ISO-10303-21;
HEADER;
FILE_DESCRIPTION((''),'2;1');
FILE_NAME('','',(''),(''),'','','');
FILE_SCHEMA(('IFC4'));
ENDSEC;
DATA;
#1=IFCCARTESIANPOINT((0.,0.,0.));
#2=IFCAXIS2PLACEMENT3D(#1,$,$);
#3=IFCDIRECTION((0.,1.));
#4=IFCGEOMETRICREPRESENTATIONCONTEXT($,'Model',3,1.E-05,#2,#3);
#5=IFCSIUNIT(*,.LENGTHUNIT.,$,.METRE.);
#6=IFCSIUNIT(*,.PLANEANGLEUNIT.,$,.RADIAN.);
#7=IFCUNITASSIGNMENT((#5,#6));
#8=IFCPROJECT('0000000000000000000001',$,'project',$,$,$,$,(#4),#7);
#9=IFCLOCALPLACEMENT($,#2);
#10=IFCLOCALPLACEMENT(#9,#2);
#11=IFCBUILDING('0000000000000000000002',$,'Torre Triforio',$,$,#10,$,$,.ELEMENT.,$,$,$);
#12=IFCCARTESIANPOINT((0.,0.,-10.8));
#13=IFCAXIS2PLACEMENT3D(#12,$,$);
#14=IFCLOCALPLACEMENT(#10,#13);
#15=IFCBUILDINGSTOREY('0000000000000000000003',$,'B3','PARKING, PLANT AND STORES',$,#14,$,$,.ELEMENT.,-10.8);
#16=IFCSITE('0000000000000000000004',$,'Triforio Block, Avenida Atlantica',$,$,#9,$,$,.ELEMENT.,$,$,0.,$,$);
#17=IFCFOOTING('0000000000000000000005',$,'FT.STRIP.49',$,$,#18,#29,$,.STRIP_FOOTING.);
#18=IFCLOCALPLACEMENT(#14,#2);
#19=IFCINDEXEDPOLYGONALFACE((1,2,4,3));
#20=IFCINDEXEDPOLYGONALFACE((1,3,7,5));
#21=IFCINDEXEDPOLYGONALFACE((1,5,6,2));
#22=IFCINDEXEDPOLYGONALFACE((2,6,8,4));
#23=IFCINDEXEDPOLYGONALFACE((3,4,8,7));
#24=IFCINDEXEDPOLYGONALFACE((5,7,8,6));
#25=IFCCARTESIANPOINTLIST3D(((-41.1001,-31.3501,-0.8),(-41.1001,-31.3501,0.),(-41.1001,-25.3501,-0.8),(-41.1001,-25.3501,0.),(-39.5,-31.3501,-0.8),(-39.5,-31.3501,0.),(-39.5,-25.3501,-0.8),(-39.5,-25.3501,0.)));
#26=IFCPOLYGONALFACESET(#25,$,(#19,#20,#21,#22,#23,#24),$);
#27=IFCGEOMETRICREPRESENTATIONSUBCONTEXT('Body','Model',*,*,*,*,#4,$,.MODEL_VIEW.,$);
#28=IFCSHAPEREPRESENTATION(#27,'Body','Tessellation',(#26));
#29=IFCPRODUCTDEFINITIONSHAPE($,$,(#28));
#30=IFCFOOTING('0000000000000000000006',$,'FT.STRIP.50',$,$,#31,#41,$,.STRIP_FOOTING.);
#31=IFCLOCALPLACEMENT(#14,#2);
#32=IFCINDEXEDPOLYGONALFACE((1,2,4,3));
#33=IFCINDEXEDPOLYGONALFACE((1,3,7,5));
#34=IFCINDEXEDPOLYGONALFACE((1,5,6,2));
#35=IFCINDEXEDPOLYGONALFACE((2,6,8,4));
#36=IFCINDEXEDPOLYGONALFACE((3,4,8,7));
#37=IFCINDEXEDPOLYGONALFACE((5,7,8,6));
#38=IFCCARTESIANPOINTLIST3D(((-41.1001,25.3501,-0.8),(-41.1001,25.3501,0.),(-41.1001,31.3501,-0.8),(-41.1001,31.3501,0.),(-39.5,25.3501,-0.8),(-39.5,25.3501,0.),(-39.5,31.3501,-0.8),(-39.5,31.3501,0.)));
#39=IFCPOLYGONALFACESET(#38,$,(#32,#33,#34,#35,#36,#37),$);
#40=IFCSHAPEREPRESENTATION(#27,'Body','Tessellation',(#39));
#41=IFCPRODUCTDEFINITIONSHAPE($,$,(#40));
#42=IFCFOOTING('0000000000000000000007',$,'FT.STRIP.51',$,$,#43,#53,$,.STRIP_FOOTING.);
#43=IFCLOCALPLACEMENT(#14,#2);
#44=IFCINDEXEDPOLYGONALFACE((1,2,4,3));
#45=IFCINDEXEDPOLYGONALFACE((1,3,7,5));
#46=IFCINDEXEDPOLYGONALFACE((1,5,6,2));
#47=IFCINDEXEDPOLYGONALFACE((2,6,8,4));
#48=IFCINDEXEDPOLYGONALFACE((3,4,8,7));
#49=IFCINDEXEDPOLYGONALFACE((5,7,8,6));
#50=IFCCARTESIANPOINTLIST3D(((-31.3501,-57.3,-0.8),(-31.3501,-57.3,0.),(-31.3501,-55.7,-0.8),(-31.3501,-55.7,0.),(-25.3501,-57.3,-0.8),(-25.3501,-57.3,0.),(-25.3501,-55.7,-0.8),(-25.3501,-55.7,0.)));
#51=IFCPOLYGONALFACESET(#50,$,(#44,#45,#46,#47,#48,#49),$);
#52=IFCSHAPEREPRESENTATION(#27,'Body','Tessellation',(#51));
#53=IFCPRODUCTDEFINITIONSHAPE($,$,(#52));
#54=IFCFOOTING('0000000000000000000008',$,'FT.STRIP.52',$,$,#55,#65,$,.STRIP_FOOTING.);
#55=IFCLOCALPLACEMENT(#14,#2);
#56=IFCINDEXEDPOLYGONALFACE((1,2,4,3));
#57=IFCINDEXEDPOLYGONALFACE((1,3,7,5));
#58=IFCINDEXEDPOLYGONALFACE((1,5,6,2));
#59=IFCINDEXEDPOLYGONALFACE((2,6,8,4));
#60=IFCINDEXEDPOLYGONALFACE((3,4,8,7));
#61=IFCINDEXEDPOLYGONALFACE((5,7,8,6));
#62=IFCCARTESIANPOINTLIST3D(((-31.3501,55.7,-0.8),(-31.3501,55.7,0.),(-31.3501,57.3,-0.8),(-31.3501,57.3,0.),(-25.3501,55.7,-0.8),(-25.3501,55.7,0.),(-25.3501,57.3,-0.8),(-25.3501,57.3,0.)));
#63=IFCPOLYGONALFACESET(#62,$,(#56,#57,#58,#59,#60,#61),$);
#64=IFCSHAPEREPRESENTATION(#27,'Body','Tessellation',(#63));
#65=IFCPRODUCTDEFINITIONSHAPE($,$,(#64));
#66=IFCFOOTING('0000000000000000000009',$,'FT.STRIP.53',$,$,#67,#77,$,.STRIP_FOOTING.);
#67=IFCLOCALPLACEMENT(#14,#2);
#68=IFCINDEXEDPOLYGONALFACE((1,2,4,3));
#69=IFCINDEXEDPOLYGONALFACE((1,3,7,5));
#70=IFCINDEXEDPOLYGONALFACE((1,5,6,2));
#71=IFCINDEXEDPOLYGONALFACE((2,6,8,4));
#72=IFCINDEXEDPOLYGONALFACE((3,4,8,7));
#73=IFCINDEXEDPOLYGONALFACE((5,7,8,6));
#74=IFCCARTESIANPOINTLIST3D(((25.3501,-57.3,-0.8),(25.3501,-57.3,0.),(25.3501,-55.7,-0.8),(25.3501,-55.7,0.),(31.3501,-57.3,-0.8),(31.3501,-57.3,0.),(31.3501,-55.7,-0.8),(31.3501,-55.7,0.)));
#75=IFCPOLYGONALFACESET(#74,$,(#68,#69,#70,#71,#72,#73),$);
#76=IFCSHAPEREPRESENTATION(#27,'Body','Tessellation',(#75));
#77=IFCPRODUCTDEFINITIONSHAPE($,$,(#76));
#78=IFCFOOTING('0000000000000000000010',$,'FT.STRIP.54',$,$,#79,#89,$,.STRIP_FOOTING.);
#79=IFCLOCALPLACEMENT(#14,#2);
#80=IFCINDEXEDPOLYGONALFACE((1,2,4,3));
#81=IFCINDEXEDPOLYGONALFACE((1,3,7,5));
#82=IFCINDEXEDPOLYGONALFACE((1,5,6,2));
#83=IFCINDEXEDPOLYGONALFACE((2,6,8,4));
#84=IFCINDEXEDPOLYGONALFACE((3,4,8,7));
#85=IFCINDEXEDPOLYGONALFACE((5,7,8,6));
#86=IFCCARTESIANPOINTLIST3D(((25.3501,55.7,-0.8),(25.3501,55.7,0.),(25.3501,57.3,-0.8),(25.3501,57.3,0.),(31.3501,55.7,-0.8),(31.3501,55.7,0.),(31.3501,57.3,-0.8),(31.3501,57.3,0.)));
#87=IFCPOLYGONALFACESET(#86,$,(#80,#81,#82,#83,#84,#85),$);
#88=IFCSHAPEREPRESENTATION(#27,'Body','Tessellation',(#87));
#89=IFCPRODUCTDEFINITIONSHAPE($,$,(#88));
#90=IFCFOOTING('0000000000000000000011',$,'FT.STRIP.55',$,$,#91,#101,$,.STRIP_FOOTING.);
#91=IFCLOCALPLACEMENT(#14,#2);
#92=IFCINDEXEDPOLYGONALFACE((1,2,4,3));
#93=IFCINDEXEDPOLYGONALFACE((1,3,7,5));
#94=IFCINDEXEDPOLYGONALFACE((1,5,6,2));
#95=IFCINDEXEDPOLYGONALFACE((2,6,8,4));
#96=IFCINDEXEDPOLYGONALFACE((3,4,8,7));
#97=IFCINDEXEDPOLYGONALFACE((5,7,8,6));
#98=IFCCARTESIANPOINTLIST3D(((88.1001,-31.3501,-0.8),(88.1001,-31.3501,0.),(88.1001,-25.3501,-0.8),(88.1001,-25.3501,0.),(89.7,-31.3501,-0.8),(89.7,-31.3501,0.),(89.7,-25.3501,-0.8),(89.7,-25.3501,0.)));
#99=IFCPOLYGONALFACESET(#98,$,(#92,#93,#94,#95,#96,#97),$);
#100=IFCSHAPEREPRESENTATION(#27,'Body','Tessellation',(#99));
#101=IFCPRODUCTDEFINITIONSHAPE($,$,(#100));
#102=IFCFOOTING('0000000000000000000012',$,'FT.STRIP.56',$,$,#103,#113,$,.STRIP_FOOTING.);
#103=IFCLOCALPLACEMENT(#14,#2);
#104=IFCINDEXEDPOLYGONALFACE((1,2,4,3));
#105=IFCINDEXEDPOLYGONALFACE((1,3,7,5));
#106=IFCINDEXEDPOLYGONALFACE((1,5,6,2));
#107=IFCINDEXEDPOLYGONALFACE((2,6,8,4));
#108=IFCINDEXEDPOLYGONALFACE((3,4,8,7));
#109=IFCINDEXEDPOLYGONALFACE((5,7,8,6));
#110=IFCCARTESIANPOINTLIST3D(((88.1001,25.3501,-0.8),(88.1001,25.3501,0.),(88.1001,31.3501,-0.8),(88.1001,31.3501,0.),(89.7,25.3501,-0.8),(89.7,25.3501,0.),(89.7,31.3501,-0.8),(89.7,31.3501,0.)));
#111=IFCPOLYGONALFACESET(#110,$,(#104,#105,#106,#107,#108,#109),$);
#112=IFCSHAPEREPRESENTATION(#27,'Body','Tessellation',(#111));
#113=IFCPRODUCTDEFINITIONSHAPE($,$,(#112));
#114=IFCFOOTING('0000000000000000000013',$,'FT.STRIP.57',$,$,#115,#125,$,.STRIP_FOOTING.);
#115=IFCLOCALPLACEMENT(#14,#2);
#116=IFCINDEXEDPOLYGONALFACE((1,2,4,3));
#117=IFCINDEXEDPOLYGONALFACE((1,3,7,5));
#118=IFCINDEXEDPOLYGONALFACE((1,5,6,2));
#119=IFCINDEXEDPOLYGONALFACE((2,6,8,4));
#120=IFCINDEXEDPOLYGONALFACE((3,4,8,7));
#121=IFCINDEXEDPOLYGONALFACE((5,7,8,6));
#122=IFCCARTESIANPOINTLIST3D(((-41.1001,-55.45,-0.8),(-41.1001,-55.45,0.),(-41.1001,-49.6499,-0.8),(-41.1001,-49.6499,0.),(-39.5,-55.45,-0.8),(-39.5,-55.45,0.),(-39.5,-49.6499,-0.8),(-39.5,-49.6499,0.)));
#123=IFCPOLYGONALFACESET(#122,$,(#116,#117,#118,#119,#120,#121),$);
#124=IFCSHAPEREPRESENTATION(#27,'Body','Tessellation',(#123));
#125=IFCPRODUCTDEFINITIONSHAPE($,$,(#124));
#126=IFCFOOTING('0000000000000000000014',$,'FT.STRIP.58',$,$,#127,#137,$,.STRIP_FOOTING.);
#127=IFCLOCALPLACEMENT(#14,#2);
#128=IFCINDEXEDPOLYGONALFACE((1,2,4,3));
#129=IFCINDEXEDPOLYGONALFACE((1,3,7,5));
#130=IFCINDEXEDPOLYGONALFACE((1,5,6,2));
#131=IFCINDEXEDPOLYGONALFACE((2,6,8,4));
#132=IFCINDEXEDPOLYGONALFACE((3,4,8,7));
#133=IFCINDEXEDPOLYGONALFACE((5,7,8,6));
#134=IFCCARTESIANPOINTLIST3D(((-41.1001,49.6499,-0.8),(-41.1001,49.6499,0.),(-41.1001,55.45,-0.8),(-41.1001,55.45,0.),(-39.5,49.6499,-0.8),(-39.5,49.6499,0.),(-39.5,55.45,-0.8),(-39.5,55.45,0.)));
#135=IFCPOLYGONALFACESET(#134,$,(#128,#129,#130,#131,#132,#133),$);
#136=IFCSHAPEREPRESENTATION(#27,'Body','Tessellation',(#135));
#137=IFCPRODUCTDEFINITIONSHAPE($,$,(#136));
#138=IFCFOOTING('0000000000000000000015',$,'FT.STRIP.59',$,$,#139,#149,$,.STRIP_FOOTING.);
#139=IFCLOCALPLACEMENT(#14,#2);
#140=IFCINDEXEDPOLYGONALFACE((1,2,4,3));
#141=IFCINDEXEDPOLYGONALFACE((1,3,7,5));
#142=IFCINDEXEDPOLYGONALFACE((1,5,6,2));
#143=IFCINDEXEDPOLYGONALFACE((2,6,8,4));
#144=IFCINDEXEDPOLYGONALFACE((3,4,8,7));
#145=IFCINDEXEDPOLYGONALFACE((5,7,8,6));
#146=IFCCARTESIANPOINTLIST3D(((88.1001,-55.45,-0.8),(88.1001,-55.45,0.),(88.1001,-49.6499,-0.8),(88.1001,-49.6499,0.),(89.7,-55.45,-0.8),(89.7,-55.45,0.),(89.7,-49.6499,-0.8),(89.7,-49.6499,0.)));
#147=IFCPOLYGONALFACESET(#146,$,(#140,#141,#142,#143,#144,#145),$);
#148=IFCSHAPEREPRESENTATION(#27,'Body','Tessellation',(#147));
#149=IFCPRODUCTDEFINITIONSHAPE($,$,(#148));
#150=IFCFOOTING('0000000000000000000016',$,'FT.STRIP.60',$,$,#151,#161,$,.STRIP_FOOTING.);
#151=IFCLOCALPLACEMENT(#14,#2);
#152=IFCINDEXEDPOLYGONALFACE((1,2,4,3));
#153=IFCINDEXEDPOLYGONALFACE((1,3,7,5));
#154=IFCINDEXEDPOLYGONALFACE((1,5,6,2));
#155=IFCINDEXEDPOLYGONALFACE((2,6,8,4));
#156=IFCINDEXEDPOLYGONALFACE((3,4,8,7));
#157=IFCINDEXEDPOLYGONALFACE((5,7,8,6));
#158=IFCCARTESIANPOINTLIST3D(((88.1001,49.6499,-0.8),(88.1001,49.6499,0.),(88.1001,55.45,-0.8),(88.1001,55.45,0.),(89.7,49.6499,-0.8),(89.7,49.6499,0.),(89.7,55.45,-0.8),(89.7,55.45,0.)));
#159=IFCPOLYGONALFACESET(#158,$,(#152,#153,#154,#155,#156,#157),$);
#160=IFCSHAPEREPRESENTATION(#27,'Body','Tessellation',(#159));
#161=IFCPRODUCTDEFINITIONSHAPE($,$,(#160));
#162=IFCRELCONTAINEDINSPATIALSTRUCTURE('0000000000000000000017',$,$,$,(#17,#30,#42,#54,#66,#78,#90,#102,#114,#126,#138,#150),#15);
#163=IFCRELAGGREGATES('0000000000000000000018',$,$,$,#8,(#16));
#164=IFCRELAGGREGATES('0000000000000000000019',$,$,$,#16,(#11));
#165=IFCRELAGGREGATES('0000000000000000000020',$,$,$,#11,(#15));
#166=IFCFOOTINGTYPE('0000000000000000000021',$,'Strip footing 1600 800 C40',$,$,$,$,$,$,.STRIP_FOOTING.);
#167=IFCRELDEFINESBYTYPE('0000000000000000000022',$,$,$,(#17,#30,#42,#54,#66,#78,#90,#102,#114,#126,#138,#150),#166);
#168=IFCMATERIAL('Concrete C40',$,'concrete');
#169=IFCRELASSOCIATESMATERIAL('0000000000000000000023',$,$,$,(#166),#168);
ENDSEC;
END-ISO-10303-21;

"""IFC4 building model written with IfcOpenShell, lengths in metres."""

from ifc_helpers import new_model, si_unit, direction, frame, origin, place, context, subcontext, project, spatial, polyline, outline, extrude, material, type_object, element, save


model = new_model("IFC4")

# Units and contexts
model_context = context("Model", 3, precision=1e-05, world=origin(), true_north=direction((0.0, 1.0)))
body_context = subcontext(model_context, "Body", "Model", "MODEL_VIEW")
ifc_project = project(units=[si_unit("LENGTHUNIT", "METRE"), si_unit("PLANEANGLEUNIT", "RADIAN")], contexts=[model_context])

# Site, building, storey
site_placement = place(None, origin())
site = spatial("IfcSite", under=ifc_project, at=site_placement, Name="Triforio Block, Avenida Atlantica", CompositionType="ELEMENT", RefElevation=0.0)
building_placement = place(site_placement, origin())
building = spatial("IfcBuilding", under=site, at=building_placement, Name="Torre Triforio", CompositionType="ELEMENT")
storey_placement = place(building_placement, frame((0.0, 0.0, -10.8)))
storey = spatial("IfcBuildingStorey", under=building, at=storey_placement, Name="B3", Description="PARKING, PLANT AND STORES", CompositionType="ELEMENT", Elevation=-10.8)

# Footings
ifc_material = material(Name="Concrete C40", Category="concrete")
footing_type = type_object("IfcFootingType", Name="Strip footing 1600 800 C40", PredefinedType="STRIP_FOOTING", material=ifc_material)
footing_1_placement = place(storey_placement, frame((0.0, 0.0, -0.8)))
element("IfcFooting", 1, at=footing_1_placement, inside=storey, type_object=footing_type, Name="FT.STRIP.49", PredefinedType="STRIP_FOOTING", context=body_context, shape_type="SweptSolid", body=[
    extrude(outline(polyline([(-41.1001, -25.3501), (-41.1001, -31.3501), (-39.5, -31.3501), (-39.5, -25.3501), (-41.1001, -25.3501)])), origin(), (0.0, 0.0, 1.0), 0.8),
])
footing_2_placement = place(storey_placement, frame((0.0, 0.0, -0.8)))
element("IfcFooting", 2, at=footing_2_placement, inside=storey, type_object=footing_type, Name="FT.STRIP.50", PredefinedType="STRIP_FOOTING", context=body_context, shape_type="SweptSolid", body=[
    extrude(outline(polyline([(-41.1001, 31.3501), (-41.1001, 25.3501), (-39.5, 25.3501), (-39.5, 31.3501), (-41.1001, 31.3501)])), origin(), (0.0, 0.0, 1.0), 0.8),
])
footing_3_placement = place(storey_placement, frame((0.0, 0.0, -0.8)))
element("IfcFooting", 3, at=footing_3_placement, inside=storey, type_object=footing_type, Name="FT.STRIP.51", PredefinedType="STRIP_FOOTING", context=body_context, shape_type="SweptSolid", body=[
    extrude(outline(polyline([(-31.3501, -57.3), (-25.3501, -57.3), (-25.3501, -55.7), (-31.3501, -55.7), (-31.3501, -57.3)])), origin(), (0.0, 0.0, 1.0), 0.8),
])
footing_4_placement = place(storey_placement, frame((0.0, 0.0, -0.8)))
element("IfcFooting", 4, at=footing_4_placement, inside=storey, type_object=footing_type, Name="FT.STRIP.52", PredefinedType="STRIP_FOOTING", context=body_context, shape_type="SweptSolid", body=[
    extrude(outline(polyline([(-25.3501, 57.3), (-31.3501, 57.3), (-31.3501, 55.7), (-25.3501, 55.7), (-25.3501, 57.3)])), origin(), (0.0, 0.0, 1.0), 0.8),
])
footing_5_placement = place(storey_placement, frame((0.0, 0.0, -0.8)))
element("IfcFooting", 5, at=footing_5_placement, inside=storey, type_object=footing_type, Name="FT.STRIP.53", PredefinedType="STRIP_FOOTING", context=body_context, shape_type="SweptSolid", body=[
    extrude(outline(polyline([(25.3501, -57.3), (31.3501, -57.3), (31.3501, -55.7), (25.3501, -55.7), (25.3501, -57.3)])), origin(), (0.0, 0.0, 1.0), 0.8),
])
footing_6_placement = place(storey_placement, frame((0.0, 0.0, -0.8)))
element("IfcFooting", 6, at=footing_6_placement, inside=storey, type_object=footing_type, Name="FT.STRIP.54", PredefinedType="STRIP_FOOTING", context=body_context, shape_type="SweptSolid", body=[
    extrude(outline(polyline([(31.3501, 57.3), (25.3501, 57.3), (25.3501, 55.7), (31.3501, 55.7), (31.3501, 57.3)])), origin(), (0.0, 0.0, 1.0), 0.8),
])
footing_7_placement = place(storey_placement, frame((0.0, 0.0, -0.8)))
element("IfcFooting", 7, at=footing_7_placement, inside=storey, type_object=footing_type, Name="FT.STRIP.55", PredefinedType="STRIP_FOOTING", context=body_context, shape_type="SweptSolid", body=[
    extrude(outline(polyline([(89.7, -31.3501), (89.7, -25.3501), (88.1001, -25.3501), (88.1001, -31.3501), (89.7, -31.3501)])), origin(), (0.0, 0.0, 1.0), 0.8),
])
footing_8_placement = place(storey_placement, frame((0.0, 0.0, -0.8)))
element("IfcFooting", 8, at=footing_8_placement, inside=storey, type_object=footing_type, Name="FT.STRIP.56", PredefinedType="STRIP_FOOTING", context=body_context, shape_type="SweptSolid", body=[
    extrude(outline(polyline([(89.7, 25.3501), (89.7, 31.3501), (88.1001, 31.3501), (88.1001, 25.3501), (89.7, 25.3501)])), origin(), (0.0, 0.0, 1.0), 0.8),
])
footing_9_placement = place(storey_placement, frame((0.0, 0.0, -0.8)))
element("IfcFooting", 9, at=footing_9_placement, inside=storey, type_object=footing_type, Name="FT.STRIP.57", PredefinedType="STRIP_FOOTING", context=body_context, shape_type="SweptSolid", body=[
    extrude(outline(polyline([(-41.1001, -49.6499), (-41.1001, -55.45), (-39.5, -55.45), (-39.5, -49.6499), (-41.1001, -49.6499)])), origin(), (0.0, 0.0, 1.0), 0.8),
])
footing_10_placement = place(storey_placement, frame((0.0, 0.0, -0.8)))
element("IfcFooting", 10, at=footing_10_placement, inside=storey, type_object=footing_type, Name="FT.STRIP.58", PredefinedType="STRIP_FOOTING", context=body_context, shape_type="SweptSolid", body=[
    extrude(outline(polyline([(-41.1001, 55.45), (-41.1001, 49.6499), (-39.5, 49.6499), (-39.5, 55.45), (-41.1001, 55.45)])), origin(), (0.0, 0.0, 1.0), 0.8),
])
footing_11_placement = place(storey_placement, frame((0.0, 0.0, -0.8)))
element("IfcFooting", 11, at=footing_11_placement, inside=storey, type_object=footing_type, Name="FT.STRIP.59", PredefinedType="STRIP_FOOTING", context=body_context, shape_type="SweptSolid", body=[
    extrude(outline(polyline([(89.7, -55.45), (89.7, -49.6499), (88.1001, -49.6499), (88.1001, -55.45), (89.7, -55.45)])), origin(), (0.0, 0.0, 1.0), 0.8),
])
footing_12_placement = place(storey_placement, frame((0.0, 0.0, -0.8)))
element("IfcFooting", 12, at=footing_12_placement, inside=storey, type_object=footing_type, Name="FT.STRIP.60", PredefinedType="STRIP_FOOTING", context=body_context, shape_type="SweptSolid", body=[
    extrude(outline(polyline([(89.7, 49.6499), (89.7, 55.45), (88.1001, 55.45), (88.1001, 49.6499), (89.7, 49.6499)])), origin(), (0.0, 0.0, 1.0), 0.8),
])

save(model, "model.ifc")
